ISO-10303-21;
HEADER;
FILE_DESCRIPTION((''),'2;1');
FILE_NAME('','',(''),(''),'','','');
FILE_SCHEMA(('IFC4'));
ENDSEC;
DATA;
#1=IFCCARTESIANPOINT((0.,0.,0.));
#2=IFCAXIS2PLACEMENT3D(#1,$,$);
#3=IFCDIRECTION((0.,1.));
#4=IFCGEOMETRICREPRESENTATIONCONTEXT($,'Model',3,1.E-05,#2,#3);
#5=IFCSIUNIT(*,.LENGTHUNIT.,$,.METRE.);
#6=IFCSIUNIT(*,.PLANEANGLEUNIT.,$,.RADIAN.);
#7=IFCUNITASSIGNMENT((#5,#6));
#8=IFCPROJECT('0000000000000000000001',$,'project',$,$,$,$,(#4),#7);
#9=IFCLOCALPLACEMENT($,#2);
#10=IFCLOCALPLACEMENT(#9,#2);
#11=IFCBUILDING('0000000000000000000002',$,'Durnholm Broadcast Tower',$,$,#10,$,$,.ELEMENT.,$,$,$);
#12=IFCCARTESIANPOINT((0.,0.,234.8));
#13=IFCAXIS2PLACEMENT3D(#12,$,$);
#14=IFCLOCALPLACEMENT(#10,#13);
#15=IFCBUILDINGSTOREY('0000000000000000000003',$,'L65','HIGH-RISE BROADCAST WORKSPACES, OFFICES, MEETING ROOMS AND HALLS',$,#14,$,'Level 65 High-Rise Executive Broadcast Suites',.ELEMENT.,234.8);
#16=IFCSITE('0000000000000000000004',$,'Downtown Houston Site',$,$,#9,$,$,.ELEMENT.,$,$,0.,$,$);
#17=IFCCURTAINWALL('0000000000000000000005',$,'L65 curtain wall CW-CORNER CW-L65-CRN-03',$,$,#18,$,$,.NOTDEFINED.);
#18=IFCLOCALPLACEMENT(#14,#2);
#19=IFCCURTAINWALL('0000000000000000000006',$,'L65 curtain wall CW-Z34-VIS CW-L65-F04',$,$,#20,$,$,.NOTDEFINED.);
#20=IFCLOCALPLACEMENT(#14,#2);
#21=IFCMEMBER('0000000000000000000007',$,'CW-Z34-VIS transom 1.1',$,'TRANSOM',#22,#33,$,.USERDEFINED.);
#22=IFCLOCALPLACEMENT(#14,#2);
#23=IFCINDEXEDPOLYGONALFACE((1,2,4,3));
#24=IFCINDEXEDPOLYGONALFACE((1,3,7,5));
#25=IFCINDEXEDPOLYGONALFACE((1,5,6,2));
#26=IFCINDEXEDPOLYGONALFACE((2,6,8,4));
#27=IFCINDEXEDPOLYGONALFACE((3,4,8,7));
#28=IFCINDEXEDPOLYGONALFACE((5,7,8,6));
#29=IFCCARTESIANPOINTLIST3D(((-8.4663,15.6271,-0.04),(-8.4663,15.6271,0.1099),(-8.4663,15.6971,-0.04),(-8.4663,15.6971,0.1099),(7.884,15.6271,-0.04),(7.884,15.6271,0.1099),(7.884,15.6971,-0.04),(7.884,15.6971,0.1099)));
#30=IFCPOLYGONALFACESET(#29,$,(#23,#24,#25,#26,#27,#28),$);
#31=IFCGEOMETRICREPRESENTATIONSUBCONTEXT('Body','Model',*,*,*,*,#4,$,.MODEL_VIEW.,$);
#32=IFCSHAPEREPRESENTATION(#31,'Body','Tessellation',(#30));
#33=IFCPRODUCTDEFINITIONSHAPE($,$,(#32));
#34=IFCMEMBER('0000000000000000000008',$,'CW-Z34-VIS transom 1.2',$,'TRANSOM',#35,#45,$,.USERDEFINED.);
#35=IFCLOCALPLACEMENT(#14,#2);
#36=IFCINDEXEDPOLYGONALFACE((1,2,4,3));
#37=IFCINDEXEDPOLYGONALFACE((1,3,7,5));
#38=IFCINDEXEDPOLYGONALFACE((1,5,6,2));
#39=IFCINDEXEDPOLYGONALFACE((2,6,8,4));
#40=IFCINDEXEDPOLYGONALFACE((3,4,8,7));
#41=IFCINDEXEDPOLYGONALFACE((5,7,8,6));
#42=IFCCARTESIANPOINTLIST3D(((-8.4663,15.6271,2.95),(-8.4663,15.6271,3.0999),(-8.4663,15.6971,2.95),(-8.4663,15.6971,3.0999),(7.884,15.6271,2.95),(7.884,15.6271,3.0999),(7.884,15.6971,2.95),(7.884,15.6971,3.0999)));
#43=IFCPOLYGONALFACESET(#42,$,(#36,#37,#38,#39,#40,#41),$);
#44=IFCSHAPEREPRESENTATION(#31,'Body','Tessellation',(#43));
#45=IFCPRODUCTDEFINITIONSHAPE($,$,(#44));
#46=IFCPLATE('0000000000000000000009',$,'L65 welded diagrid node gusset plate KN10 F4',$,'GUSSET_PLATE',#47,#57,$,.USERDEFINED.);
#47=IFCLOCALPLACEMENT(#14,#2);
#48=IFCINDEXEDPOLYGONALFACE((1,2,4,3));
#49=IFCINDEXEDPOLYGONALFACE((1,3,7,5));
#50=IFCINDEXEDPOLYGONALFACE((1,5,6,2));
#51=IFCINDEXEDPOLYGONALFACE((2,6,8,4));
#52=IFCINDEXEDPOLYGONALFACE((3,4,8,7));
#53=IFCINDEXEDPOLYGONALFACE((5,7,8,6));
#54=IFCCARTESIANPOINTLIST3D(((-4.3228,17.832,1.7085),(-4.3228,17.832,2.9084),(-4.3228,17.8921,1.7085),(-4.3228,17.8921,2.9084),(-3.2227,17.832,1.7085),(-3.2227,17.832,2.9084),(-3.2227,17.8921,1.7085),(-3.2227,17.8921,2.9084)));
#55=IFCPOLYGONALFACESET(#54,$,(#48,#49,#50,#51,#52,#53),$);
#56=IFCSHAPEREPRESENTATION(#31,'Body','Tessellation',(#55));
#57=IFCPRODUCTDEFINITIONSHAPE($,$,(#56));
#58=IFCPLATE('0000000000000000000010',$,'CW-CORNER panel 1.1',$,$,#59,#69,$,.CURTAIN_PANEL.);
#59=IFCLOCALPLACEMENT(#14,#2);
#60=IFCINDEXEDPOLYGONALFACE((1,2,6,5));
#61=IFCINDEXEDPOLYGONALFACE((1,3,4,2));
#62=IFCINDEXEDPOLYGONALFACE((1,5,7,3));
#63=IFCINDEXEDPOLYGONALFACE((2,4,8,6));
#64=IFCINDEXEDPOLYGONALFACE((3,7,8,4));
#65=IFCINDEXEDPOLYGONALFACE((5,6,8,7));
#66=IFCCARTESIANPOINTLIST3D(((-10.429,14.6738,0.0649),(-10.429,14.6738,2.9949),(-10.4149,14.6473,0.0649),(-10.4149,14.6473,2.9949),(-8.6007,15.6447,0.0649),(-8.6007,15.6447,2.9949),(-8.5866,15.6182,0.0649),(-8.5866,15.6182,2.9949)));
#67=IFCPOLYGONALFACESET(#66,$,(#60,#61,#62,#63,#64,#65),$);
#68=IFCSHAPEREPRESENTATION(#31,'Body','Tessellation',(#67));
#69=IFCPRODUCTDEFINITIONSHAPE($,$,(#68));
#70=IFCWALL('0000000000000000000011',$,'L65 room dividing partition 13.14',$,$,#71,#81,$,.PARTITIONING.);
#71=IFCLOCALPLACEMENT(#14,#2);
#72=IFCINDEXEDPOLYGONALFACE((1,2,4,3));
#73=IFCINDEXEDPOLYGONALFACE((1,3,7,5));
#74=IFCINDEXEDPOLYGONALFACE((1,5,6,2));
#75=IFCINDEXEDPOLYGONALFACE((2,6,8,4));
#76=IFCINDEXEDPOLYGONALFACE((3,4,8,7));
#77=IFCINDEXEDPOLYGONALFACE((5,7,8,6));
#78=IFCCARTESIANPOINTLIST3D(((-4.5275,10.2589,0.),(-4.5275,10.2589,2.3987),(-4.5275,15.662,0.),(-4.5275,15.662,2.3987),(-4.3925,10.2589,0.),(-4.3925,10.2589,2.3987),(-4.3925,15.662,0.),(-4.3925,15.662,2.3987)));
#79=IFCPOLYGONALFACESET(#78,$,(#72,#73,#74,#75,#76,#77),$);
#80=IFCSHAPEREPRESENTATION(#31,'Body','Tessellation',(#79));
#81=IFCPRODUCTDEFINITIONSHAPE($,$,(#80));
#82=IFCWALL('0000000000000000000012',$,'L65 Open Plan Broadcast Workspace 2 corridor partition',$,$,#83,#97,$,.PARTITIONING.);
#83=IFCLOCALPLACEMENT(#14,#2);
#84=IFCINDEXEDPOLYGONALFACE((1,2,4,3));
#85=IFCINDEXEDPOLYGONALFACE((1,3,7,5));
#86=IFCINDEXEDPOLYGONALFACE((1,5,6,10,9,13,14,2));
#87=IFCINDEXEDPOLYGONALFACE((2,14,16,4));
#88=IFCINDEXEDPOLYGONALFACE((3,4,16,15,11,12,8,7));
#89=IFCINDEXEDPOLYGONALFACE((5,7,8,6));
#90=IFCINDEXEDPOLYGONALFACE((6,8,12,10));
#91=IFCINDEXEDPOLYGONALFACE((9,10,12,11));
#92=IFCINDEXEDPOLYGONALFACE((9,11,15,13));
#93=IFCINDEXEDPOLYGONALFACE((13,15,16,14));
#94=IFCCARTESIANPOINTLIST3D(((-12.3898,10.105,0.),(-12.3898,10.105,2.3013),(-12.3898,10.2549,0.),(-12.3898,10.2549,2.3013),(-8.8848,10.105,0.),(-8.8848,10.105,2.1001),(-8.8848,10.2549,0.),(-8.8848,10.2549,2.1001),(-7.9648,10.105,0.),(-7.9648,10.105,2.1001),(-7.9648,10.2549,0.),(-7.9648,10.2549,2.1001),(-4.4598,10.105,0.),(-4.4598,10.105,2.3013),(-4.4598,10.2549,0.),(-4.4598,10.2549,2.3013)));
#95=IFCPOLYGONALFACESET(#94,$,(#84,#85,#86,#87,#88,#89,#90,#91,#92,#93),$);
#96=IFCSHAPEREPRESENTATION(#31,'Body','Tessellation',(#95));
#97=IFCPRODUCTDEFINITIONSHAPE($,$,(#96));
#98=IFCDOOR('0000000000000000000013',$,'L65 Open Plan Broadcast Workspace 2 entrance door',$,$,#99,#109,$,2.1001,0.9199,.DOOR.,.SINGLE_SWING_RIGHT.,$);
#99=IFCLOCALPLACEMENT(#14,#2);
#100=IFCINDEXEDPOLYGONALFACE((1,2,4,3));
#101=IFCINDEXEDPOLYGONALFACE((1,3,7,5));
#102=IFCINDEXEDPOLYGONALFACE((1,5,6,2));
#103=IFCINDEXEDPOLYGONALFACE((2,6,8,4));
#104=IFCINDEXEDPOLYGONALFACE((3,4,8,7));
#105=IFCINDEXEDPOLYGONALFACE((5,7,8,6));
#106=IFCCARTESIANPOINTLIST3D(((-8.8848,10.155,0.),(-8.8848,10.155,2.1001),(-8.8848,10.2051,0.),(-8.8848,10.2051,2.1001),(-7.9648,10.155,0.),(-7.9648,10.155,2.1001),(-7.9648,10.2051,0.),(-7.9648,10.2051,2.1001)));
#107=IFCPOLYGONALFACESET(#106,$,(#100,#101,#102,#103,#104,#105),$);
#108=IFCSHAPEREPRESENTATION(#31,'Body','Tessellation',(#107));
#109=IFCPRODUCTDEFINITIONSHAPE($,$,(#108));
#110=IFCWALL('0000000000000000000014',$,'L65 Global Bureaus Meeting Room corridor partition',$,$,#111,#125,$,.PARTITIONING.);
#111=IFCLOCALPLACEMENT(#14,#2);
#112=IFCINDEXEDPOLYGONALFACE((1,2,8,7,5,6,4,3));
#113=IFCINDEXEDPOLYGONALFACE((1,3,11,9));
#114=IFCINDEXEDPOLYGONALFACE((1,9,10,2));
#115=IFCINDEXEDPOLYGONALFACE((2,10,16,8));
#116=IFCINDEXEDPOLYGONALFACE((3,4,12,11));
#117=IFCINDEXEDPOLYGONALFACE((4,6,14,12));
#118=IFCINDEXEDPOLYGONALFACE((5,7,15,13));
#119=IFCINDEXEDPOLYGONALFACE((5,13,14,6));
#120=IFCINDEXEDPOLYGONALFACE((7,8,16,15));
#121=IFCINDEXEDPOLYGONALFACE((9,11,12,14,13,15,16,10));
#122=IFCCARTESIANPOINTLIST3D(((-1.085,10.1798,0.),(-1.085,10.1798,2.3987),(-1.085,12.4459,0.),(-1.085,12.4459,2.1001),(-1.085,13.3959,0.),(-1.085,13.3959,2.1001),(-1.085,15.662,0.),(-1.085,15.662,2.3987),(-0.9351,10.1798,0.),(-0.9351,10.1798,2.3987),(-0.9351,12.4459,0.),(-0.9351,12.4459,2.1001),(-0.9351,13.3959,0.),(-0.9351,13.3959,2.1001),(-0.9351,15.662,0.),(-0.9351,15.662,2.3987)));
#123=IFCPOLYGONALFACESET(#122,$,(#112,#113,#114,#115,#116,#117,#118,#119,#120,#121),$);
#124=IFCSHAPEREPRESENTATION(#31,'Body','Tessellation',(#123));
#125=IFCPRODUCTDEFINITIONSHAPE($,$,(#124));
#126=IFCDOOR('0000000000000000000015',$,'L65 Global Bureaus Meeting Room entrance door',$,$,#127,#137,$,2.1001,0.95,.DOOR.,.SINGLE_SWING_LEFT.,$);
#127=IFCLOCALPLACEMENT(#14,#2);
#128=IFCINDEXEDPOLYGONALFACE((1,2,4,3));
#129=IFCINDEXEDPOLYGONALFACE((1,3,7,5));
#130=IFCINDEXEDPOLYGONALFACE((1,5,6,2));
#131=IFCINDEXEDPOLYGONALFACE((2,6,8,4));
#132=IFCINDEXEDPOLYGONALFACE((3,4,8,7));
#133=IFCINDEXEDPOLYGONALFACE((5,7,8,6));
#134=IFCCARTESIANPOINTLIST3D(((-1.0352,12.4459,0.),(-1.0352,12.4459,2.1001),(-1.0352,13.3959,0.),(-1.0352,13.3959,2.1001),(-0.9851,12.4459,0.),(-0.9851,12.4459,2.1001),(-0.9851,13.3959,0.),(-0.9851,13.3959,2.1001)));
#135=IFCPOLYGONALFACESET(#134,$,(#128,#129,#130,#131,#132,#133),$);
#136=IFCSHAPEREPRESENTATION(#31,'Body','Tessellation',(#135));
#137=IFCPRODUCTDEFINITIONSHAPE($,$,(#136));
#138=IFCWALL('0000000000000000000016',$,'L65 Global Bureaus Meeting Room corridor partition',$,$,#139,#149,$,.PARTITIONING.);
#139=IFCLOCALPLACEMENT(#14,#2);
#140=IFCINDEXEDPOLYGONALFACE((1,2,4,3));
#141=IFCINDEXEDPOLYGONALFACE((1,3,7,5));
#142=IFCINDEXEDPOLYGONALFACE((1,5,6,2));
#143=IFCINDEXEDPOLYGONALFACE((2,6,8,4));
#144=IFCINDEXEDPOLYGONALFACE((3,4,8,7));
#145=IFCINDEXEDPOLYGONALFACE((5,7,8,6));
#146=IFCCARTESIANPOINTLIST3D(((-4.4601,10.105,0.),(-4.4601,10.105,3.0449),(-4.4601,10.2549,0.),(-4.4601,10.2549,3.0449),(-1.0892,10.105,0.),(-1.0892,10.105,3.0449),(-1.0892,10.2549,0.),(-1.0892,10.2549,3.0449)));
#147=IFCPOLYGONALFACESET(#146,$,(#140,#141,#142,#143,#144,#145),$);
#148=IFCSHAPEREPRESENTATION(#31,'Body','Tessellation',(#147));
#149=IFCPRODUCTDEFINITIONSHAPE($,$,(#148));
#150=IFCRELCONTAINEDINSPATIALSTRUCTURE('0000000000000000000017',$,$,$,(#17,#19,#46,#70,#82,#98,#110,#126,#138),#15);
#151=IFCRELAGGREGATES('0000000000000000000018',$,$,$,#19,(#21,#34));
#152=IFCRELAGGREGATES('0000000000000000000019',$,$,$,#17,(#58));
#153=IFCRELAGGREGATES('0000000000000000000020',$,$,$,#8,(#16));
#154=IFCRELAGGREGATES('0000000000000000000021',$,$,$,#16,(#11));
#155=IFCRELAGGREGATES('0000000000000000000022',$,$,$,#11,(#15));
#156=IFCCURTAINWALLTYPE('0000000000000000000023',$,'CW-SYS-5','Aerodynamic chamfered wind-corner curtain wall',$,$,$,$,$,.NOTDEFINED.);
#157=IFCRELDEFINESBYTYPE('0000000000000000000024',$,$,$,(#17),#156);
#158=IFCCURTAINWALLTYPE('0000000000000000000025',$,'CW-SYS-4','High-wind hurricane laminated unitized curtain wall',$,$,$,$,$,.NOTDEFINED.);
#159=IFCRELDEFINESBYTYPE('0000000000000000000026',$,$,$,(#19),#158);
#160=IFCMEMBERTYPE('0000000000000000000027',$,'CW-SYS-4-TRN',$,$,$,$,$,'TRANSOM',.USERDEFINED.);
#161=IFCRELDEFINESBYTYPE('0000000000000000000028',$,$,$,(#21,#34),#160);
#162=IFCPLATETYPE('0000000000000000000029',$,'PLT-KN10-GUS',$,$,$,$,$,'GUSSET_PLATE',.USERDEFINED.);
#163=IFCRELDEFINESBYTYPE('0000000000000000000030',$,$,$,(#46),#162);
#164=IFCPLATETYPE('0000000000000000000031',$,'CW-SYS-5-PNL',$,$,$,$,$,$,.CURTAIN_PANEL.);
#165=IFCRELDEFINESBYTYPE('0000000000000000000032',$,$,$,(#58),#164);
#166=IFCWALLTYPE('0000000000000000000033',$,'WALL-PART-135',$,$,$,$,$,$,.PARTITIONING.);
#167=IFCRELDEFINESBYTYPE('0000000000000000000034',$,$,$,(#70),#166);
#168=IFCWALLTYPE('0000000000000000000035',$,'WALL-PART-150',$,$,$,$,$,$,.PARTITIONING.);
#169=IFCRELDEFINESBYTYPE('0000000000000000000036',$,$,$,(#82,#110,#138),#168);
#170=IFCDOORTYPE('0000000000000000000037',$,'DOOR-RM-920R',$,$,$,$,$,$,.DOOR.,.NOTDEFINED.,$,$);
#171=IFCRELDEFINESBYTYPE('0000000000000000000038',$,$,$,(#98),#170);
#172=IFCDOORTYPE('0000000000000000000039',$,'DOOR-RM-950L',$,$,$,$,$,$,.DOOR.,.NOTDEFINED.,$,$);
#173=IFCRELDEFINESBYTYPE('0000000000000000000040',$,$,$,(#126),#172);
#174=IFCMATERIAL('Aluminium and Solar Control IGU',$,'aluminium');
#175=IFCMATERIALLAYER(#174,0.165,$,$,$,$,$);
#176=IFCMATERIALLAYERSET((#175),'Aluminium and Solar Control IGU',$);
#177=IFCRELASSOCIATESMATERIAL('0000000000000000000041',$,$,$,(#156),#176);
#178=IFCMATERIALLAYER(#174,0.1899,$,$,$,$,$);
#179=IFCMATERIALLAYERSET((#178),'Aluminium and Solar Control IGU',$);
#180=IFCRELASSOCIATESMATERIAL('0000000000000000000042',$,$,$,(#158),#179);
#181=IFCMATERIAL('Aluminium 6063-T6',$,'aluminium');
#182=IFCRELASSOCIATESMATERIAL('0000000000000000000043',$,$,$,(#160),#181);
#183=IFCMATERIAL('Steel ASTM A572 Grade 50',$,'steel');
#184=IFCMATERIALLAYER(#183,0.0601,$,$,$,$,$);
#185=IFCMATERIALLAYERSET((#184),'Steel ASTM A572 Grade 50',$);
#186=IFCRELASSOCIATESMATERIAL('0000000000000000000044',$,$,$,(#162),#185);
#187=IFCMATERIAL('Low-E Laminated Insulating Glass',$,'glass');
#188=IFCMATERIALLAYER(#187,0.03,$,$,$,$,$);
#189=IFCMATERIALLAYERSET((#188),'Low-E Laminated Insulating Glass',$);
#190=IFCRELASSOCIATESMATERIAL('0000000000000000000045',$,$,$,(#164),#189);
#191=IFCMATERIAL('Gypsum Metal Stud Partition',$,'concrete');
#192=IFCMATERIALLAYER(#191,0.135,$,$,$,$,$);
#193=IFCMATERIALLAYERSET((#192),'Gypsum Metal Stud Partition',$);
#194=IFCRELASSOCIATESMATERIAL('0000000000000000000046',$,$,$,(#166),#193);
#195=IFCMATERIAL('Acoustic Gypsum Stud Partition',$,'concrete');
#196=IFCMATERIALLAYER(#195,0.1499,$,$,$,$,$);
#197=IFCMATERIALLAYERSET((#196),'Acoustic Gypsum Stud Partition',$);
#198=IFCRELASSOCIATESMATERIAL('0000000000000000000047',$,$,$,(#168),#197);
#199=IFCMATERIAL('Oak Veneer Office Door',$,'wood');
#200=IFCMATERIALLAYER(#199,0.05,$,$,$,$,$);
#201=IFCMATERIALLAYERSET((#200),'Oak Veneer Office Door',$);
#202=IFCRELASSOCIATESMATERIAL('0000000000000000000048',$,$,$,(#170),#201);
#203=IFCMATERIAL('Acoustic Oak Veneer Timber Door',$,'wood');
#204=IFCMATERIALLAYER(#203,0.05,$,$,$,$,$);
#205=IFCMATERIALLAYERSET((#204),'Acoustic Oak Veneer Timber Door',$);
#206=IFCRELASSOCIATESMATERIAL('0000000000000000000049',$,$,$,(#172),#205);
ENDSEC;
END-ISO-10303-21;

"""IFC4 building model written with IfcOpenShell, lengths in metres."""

from ifc_helpers import new_model, si_unit, direction, frame, frame_2d, origin, origin_2d, place, context, subcontext, project, spatial, rectangle, extrude, source, transform, mapped, material, layer, layer_set, material_profile, profile_set, type_object, type_shapes, element, fill, aggregate, save


model = new_model("IFC4")

# Units and contexts
model_context = context("Model", 3, precision=1e-05, world=origin(), true_north=direction((0.0, 1.0)))
body_context = subcontext(model_context, "Body", "Model", "MODEL_VIEW")
ifc_project = project(units=[si_unit("LENGTHUNIT", "METRE"), si_unit("PLANEANGLEUNIT", "RADIAN")], contexts=[model_context])

# Site, building, storey
site_placement = place(None, origin())
site = spatial("IfcSite", under=ifc_project, at=site_placement, Name="Downtown Houston Site", CompositionType="ELEMENT", RefElevation=0.0)
building_placement = place(site_placement, origin())
building = spatial("IfcBuilding", under=site, at=building_placement, Name="Durnholm Broadcast Tower", CompositionType="ELEMENT")
storey_placement = place(building_placement, frame((0.0, 0.0, 234.8)))
storey = spatial("IfcBuildingStorey", under=building, at=storey_placement, Name="L65", Description="HIGH-RISE BROADCAST WORKSPACES, OFFICES, MEETING ROOMS AND HALLS", LongName="Level 65 High-Rise Executive Broadcast Suites", CompositionType="ELEMENT", Elevation=234.8)

# Curtain wall
ifc_material_1 = material(Name="Aluminium and Solar Control IGU", Category="aluminium")
ifc_layer_1 = layer(ifc_material_1, 0.165)
ifc_layer_set_1 = layer_set([ifc_layer_1], Name="Aluminium and Solar Control IGU")
curtain_wall_type_1 = type_object("IfcCurtainWallType", Name="CW-SYS-5", Description="Aerodynamic chamfered wind-corner curtain wall", PredefinedType="NOTDEFINED", material=ifc_layer_set_1)
curtain_wall_1_placement = place(storey_placement, origin())
curtain_wall_1 = element("IfcCurtainWall", 1, at=curtain_wall_1_placement, inside=storey, type_object=curtain_wall_type_1, Name="L65 curtain wall CW-CORNER CW-L65-CRN-03", PredefinedType="NOTDEFINED")
ifc_material_2 = material(Name="Aluminium 6063-T6", Category="aluminium")

# Curtain wall, members
ifc_layer_2 = layer(ifc_material_1, 0.1899)
ifc_layer_set_2 = layer_set([ifc_layer_2], Name="Aluminium and Solar Control IGU")
curtain_wall_type_2 = type_object("IfcCurtainWallType", Name="CW-SYS-4", Description="High-wind hurricane laminated unitized curtain wall", PredefinedType="NOTDEFINED", material=ifc_layer_set_2)
curtain_wall_2_placement = place(storey_placement, origin())
curtain_wall_2 = element("IfcCurtainWall", 2, at=curtain_wall_2_placement, inside=storey, type_object=curtain_wall_type_2, Name="L65 curtain wall CW-Z34-VIS CW-L65-F04", PredefinedType="NOTDEFINED")
ifc_material_profile_1 = material_profile(ifc_material_2, rectangle(XDim=0.0701, YDim=0.1499, at=origin_2d()), Name="CWT70X150")
ifc_profile_set_1 = profile_set([ifc_material_profile_1], Name="Aluminium 6063-T6")
member_type_1 = type_object("IfcMemberType", Name="CW-SYS-4-TRN", ElementType="TRANSOM", PredefinedType="USERDEFINED", material=ifc_profile_set_1)
shared_shape_1 = source(origin(), body_context, "Body", "SweptSolid", [
    extrude(rectangle(XDim=0.0701, YDim=0.1499, at=origin_2d()), origin(), (0.0, 0.0, 1.0), 16.3503),
])
type_shapes(member_type_1, [shared_shape_1])
member_1_placement = place(storey_placement, frame((-8.4663, 15.6621, 0.0349), z_axis=(1.0, 0.0, 0.0), x_axis=(0.0, 1.0, 0.0)))
member_1 = element("IfcMember", 3, at=member_1_placement, type_object=member_type_1, Name="CW-Z34-VIS transom 1.1", ObjectType="TRANSOM", PredefinedType="USERDEFINED", context=body_context, shape_type="MappedRepresentation", body=[
    mapped(shared_shape_1, transform((0.0, 0.0, 0.0), x_axis=(1.0, 0.0, 0.0), y_axis=(0.0, 1.0, 0.0), z_axis=(0.0, 0.0, 1.0), scale=1.0)),
])
member_2_placement = place(storey_placement, frame((-8.4663, 15.6621, 3.0249), z_axis=(1.0, 0.0, 0.0), x_axis=(0.0, 1.0, 0.0)))
member_2 = element("IfcMember", 4, at=member_2_placement, type_object=member_type_1, Name="CW-Z34-VIS transom 1.2", ObjectType="TRANSOM", PredefinedType="USERDEFINED", context=body_context, shape_type="MappedRepresentation", body=[
    mapped(shared_shape_1, transform((0.0, 0.0, 0.0), x_axis=(1.0, 0.0, 0.0), y_axis=(0.0, 1.0, 0.0), z_axis=(0.0, 0.0, 1.0), scale=1.0)),
])
aggregate(curtain_wall_2, [member_1, member_2])

# Plates
ifc_material_3 = material(Name="Steel ASTM A572 Grade 50", Category="steel")
ifc_layer_3 = layer(ifc_material_3, 0.0601)
ifc_layer_set_3 = layer_set([ifc_layer_3], Name="Steel ASTM A572 Grade 50")
plate_type_1 = type_object("IfcPlateType", Name="PLT-KN10-GUS", ElementType="GUSSET_PLATE", PredefinedType="USERDEFINED", material=ifc_layer_set_3)
shared_shape_2 = source(origin(), body_context, "Body", "SweptSolid", [
    extrude(rectangle(XDim=1.1001, YDim=0.0601, at=origin_2d()), origin(), (0.0, 0.0, 1.0), 1.2),
])
type_shapes(plate_type_1, [shared_shape_2])
plate_1_placement = place(storey_placement, frame((-3.7727, 17.8621, 1.7085), z_axis=(0.0, 0.0, 1.0), x_axis=(-1.0, 0.0, 0.0)))
element("IfcPlate", 5, at=plate_1_placement, inside=storey, type_object=plate_type_1, Name="L65 welded diagrid node gusset plate KN10 F4", ObjectType="GUSSET_PLATE", PredefinedType="USERDEFINED", context=body_context, shape_type="MappedRepresentation", body=[
    mapped(shared_shape_2, transform((0.0, 0.0, 0.0), x_axis=(1.0, 0.0, 0.0), y_axis=(0.0, 1.0, 0.0), z_axis=(0.0, 0.0, 1.0), scale=1.0)),
])
ifc_material_4 = material(Name="Low-E Laminated Insulating Glass", Category="glass")
ifc_layer_4 = layer(ifc_material_4, 0.03)
ifc_layer_set_4 = layer_set([ifc_layer_4], Name="Low-E Laminated Insulating Glass")
plate_type_2 = type_object("IfcPlateType", Name="CW-SYS-5-PNL", PredefinedType="CURTAIN_PANEL", material=ifc_layer_set_4)
shared_shape_3 = source(origin(), body_context, "Body", "SweptSolid", [
    extrude(rectangle(XDim=2.0701, YDim=0.03, at=origin_2d()), origin(), (0.0, 0.0, 1.0), 2.9299),
])
type_shapes(plate_type_2, [shared_shape_3])
plate_2_placement = place(storey_placement, frame((-9.5078, 15.146, 0.0649), z_axis=(0.0, 0.0, 1.0), x_axis=(0.883195, 0.469007, 0.0)))
plate_2 = element("IfcPlate", 6, at=plate_2_placement, type_object=plate_type_2, Name="CW-CORNER panel 1.1", PredefinedType="CURTAIN_PANEL", context=body_context, shape_type="MappedRepresentation", body=[
    mapped(shared_shape_3, transform((0.0, 0.0, 0.0), x_axis=(1.0, 0.0, 0.0), y_axis=(0.0, 1.0, 0.0), z_axis=(0.0, 0.0, 1.0), scale=1.0)),
])
aggregate(curtain_wall_1, [plate_2])

# Wall
ifc_material_5 = material(Name="Gypsum Metal Stud Partition", Category="concrete")
ifc_layer_5 = layer(ifc_material_5, 0.135)
ifc_layer_set_5 = layer_set([ifc_layer_5], Name="Gypsum Metal Stud Partition")
wall_type_1 = type_object("IfcWallType", Name="WALL-PART-135", PredefinedType="PARTITIONING", material=ifc_layer_set_5)
wall_1_placement = place(storey_placement, frame((-4.46, 15.6621, 0.0), z_axis=(0.0, 0.0, 1.0), x_axis=(0.0, -1.0, 0.0)))
element("IfcWall", 7, at=wall_1_placement, inside=storey, type_object=wall_type_1, Name="L65 room dividing partition 13.14", PredefinedType="PARTITIONING", context=body_context, shape_type="SweptSolid", body=[
    extrude(rectangle(XDim=5.4031, YDim=0.135, at=frame_2d((2.7017, 0.0))), origin(), (0.0, 0.0, 1.0), 2.3987),
])

# Walls, openings, doors
ifc_material_6 = material(Name="Acoustic Gypsum Stud Partition", Category="concrete")
ifc_layer_6 = layer(ifc_material_6, 0.1499)
ifc_layer_set_6 = layer_set([ifc_layer_6], Name="Acoustic Gypsum Stud Partition")
wall_type_2 = type_object("IfcWallType", Name="WALL-PART-150", PredefinedType="PARTITIONING", material=ifc_layer_set_6)
wall_2_placement = place(storey_placement, frame((-4.46, 10.1799, 0.0), z_axis=(0.0, 0.0, 1.0), x_axis=(-1.0, 0.0, 0.0)))
wall_2 = element("IfcWall", 8, at=wall_2_placement, inside=storey, type_object=wall_type_2, Name="L65 Open Plan Broadcast Workspace 2 corridor partition", PredefinedType="PARTITIONING", context=body_context, shape_type="SweptSolid", body=[
    extrude(rectangle(XDim=7.9299, YDim=0.1499, at=frame_2d((3.9648, 0.0))), origin(), (0.0, 0.0, 1.0), 2.3013),
])
opening_1_placement = place(wall_2_placement, frame((3.5049, 0.0, 0.0)))
opening_1 = element("IfcOpeningElement", 9, at=opening_1_placement, cuts=wall_2, PredefinedType="OPENING", context=body_context, shape_type="SweptSolid", body=[
    extrude(rectangle(XDim=0.9199, YDim=2.1001, at=frame_2d((0.46, 1.05))), frame((0.0, 0.085, 0.0), z_axis=(0.0, -1.0, 0.0), x_axis=(1.0, 0.0, 0.0)), (0.0, 0.0, 1.0), 0.1699),
])
ifc_material_7 = material(Name="Oak Veneer Office Door", Category="wood")
ifc_layer_7 = layer(ifc_material_7, 0.05)
ifc_layer_set_7 = layer_set([ifc_layer_7], Name="Oak Veneer Office Door")
door_type_1 = type_object("IfcDoorType", Name="DOOR-RM-920R", OperationType="NOTDEFINED", PredefinedType="DOOR", material=ifc_layer_set_7)
shared_shape_4 = source(origin(), body_context, "Body", "SweptSolid", [
    extrude(rectangle(XDim=0.9199, YDim=2.1001, at=frame_2d((0.46, 1.05))), frame((0.0, 0.0249, 0.0), z_axis=(0.0, -1.0, 0.0), x_axis=(1.0, 0.0, 0.0)), (0.0, 0.0, 1.0), 0.05),
])
type_shapes(door_type_1, [shared_shape_4])
door_1_placement = place(opening_1_placement, origin())
door_1 = element("IfcDoor", 10, at=door_1_placement, inside=storey, type_object=door_type_1, Name="L65 Open Plan Broadcast Workspace 2 entrance door", OperationType="SINGLE_SWING_RIGHT", OverallHeight=2.1001, OverallWidth=0.9199, PredefinedType="DOOR", context=body_context, shape_type="MappedRepresentation", body=[
    mapped(shared_shape_4, transform((0.0, 0.0, 0.0), x_axis=(1.0, 0.0, 0.0), y_axis=(0.0, 1.0, 0.0), z_axis=(0.0, 0.0, 1.0), scale=1.0)),
])
fill(opening_1, door_1)
wall_3_placement = place(storey_placement, frame((-1.01, 15.6621, 0.0), z_axis=(0.0, 0.0, 1.0), x_axis=(0.0, -1.0, 0.0)))
wall_3 = element("IfcWall", 11, at=wall_3_placement, inside=storey, type_object=wall_type_2, Name="L65 Global Bureaus Meeting Room corridor partition", PredefinedType="PARTITIONING", context=body_context, shape_type="SweptSolid", body=[
    extrude(rectangle(XDim=5.4822, YDim=0.1499, at=frame_2d((2.7412, 0.0))), origin(), (0.0, 0.0, 1.0), 2.3987),
])
opening_2_placement = place(wall_3_placement, frame((2.2661, 0.0, 0.0)))
opening_2 = element("IfcOpeningElement", 12, at=opening_2_placement, cuts=wall_3, PredefinedType="OPENING", context=body_context, shape_type="SweptSolid", body=[
    extrude(rectangle(XDim=0.95, YDim=2.1001, at=frame_2d((0.4751, 1.05))), frame((0.0, 0.085, 0.0), z_axis=(0.0, -1.0, 0.0), x_axis=(1.0, 0.0, 0.0)), (0.0, 0.0, 1.0), 0.1699),
])
ifc_material_8 = material(Name="Acoustic Oak Veneer Timber Door", Category="wood")
ifc_layer_8 = layer(ifc_material_8, 0.05)
ifc_layer_set_8 = layer_set([ifc_layer_8], Name="Acoustic Oak Veneer Timber Door")
door_type_2 = type_object("IfcDoorType", Name="DOOR-RM-950L", OperationType="NOTDEFINED", PredefinedType="DOOR", material=ifc_layer_set_8)
shared_shape_5 = source(origin(), body_context, "Body", "SweptSolid", [
    extrude(rectangle(XDim=0.95, YDim=2.1001, at=frame_2d((0.4751, 1.05))), frame((0.0, 0.0249, 0.0), z_axis=(0.0, -1.0, 0.0), x_axis=(1.0, 0.0, 0.0)), (0.0, 0.0, 1.0), 0.05),
])
type_shapes(door_type_2, [shared_shape_5])
door_2_placement = place(opening_2_placement, origin())
door_2 = element("IfcDoor", 13, at=door_2_placement, inside=storey, type_object=door_type_2, Name="L65 Global Bureaus Meeting Room entrance door", OperationType="SINGLE_SWING_LEFT", OverallHeight=2.1001, OverallWidth=0.95, PredefinedType="DOOR", context=body_context, shape_type="MappedRepresentation", body=[
    mapped(shared_shape_5, transform((0.0, 0.0, 0.0), x_axis=(1.0, 0.0, 0.0), y_axis=(0.0, 1.0, 0.0), z_axis=(0.0, 0.0, 1.0), scale=1.0)),
])
fill(opening_2, door_2)

# Wall
wall_4_placement = place(storey_placement, frame((-1.0891, 10.1799, 0.0), z_axis=(0.0, 0.0, 1.0), x_axis=(-1.0, 0.0, 0.0)))
element("IfcWall", 14, at=wall_4_placement, inside=storey, type_object=wall_type_2, Name="L65 Global Bureaus Meeting Room corridor partition", PredefinedType="PARTITIONING", context=body_context, shape_type="SweptSolid", body=[
    extrude(rectangle(XDim=3.3708, YDim=0.1499, at=frame_2d((1.6855, 0.0))), origin(), (0.0, 0.0, 1.0), 3.0449),
])

save(model, "model.ifc")
